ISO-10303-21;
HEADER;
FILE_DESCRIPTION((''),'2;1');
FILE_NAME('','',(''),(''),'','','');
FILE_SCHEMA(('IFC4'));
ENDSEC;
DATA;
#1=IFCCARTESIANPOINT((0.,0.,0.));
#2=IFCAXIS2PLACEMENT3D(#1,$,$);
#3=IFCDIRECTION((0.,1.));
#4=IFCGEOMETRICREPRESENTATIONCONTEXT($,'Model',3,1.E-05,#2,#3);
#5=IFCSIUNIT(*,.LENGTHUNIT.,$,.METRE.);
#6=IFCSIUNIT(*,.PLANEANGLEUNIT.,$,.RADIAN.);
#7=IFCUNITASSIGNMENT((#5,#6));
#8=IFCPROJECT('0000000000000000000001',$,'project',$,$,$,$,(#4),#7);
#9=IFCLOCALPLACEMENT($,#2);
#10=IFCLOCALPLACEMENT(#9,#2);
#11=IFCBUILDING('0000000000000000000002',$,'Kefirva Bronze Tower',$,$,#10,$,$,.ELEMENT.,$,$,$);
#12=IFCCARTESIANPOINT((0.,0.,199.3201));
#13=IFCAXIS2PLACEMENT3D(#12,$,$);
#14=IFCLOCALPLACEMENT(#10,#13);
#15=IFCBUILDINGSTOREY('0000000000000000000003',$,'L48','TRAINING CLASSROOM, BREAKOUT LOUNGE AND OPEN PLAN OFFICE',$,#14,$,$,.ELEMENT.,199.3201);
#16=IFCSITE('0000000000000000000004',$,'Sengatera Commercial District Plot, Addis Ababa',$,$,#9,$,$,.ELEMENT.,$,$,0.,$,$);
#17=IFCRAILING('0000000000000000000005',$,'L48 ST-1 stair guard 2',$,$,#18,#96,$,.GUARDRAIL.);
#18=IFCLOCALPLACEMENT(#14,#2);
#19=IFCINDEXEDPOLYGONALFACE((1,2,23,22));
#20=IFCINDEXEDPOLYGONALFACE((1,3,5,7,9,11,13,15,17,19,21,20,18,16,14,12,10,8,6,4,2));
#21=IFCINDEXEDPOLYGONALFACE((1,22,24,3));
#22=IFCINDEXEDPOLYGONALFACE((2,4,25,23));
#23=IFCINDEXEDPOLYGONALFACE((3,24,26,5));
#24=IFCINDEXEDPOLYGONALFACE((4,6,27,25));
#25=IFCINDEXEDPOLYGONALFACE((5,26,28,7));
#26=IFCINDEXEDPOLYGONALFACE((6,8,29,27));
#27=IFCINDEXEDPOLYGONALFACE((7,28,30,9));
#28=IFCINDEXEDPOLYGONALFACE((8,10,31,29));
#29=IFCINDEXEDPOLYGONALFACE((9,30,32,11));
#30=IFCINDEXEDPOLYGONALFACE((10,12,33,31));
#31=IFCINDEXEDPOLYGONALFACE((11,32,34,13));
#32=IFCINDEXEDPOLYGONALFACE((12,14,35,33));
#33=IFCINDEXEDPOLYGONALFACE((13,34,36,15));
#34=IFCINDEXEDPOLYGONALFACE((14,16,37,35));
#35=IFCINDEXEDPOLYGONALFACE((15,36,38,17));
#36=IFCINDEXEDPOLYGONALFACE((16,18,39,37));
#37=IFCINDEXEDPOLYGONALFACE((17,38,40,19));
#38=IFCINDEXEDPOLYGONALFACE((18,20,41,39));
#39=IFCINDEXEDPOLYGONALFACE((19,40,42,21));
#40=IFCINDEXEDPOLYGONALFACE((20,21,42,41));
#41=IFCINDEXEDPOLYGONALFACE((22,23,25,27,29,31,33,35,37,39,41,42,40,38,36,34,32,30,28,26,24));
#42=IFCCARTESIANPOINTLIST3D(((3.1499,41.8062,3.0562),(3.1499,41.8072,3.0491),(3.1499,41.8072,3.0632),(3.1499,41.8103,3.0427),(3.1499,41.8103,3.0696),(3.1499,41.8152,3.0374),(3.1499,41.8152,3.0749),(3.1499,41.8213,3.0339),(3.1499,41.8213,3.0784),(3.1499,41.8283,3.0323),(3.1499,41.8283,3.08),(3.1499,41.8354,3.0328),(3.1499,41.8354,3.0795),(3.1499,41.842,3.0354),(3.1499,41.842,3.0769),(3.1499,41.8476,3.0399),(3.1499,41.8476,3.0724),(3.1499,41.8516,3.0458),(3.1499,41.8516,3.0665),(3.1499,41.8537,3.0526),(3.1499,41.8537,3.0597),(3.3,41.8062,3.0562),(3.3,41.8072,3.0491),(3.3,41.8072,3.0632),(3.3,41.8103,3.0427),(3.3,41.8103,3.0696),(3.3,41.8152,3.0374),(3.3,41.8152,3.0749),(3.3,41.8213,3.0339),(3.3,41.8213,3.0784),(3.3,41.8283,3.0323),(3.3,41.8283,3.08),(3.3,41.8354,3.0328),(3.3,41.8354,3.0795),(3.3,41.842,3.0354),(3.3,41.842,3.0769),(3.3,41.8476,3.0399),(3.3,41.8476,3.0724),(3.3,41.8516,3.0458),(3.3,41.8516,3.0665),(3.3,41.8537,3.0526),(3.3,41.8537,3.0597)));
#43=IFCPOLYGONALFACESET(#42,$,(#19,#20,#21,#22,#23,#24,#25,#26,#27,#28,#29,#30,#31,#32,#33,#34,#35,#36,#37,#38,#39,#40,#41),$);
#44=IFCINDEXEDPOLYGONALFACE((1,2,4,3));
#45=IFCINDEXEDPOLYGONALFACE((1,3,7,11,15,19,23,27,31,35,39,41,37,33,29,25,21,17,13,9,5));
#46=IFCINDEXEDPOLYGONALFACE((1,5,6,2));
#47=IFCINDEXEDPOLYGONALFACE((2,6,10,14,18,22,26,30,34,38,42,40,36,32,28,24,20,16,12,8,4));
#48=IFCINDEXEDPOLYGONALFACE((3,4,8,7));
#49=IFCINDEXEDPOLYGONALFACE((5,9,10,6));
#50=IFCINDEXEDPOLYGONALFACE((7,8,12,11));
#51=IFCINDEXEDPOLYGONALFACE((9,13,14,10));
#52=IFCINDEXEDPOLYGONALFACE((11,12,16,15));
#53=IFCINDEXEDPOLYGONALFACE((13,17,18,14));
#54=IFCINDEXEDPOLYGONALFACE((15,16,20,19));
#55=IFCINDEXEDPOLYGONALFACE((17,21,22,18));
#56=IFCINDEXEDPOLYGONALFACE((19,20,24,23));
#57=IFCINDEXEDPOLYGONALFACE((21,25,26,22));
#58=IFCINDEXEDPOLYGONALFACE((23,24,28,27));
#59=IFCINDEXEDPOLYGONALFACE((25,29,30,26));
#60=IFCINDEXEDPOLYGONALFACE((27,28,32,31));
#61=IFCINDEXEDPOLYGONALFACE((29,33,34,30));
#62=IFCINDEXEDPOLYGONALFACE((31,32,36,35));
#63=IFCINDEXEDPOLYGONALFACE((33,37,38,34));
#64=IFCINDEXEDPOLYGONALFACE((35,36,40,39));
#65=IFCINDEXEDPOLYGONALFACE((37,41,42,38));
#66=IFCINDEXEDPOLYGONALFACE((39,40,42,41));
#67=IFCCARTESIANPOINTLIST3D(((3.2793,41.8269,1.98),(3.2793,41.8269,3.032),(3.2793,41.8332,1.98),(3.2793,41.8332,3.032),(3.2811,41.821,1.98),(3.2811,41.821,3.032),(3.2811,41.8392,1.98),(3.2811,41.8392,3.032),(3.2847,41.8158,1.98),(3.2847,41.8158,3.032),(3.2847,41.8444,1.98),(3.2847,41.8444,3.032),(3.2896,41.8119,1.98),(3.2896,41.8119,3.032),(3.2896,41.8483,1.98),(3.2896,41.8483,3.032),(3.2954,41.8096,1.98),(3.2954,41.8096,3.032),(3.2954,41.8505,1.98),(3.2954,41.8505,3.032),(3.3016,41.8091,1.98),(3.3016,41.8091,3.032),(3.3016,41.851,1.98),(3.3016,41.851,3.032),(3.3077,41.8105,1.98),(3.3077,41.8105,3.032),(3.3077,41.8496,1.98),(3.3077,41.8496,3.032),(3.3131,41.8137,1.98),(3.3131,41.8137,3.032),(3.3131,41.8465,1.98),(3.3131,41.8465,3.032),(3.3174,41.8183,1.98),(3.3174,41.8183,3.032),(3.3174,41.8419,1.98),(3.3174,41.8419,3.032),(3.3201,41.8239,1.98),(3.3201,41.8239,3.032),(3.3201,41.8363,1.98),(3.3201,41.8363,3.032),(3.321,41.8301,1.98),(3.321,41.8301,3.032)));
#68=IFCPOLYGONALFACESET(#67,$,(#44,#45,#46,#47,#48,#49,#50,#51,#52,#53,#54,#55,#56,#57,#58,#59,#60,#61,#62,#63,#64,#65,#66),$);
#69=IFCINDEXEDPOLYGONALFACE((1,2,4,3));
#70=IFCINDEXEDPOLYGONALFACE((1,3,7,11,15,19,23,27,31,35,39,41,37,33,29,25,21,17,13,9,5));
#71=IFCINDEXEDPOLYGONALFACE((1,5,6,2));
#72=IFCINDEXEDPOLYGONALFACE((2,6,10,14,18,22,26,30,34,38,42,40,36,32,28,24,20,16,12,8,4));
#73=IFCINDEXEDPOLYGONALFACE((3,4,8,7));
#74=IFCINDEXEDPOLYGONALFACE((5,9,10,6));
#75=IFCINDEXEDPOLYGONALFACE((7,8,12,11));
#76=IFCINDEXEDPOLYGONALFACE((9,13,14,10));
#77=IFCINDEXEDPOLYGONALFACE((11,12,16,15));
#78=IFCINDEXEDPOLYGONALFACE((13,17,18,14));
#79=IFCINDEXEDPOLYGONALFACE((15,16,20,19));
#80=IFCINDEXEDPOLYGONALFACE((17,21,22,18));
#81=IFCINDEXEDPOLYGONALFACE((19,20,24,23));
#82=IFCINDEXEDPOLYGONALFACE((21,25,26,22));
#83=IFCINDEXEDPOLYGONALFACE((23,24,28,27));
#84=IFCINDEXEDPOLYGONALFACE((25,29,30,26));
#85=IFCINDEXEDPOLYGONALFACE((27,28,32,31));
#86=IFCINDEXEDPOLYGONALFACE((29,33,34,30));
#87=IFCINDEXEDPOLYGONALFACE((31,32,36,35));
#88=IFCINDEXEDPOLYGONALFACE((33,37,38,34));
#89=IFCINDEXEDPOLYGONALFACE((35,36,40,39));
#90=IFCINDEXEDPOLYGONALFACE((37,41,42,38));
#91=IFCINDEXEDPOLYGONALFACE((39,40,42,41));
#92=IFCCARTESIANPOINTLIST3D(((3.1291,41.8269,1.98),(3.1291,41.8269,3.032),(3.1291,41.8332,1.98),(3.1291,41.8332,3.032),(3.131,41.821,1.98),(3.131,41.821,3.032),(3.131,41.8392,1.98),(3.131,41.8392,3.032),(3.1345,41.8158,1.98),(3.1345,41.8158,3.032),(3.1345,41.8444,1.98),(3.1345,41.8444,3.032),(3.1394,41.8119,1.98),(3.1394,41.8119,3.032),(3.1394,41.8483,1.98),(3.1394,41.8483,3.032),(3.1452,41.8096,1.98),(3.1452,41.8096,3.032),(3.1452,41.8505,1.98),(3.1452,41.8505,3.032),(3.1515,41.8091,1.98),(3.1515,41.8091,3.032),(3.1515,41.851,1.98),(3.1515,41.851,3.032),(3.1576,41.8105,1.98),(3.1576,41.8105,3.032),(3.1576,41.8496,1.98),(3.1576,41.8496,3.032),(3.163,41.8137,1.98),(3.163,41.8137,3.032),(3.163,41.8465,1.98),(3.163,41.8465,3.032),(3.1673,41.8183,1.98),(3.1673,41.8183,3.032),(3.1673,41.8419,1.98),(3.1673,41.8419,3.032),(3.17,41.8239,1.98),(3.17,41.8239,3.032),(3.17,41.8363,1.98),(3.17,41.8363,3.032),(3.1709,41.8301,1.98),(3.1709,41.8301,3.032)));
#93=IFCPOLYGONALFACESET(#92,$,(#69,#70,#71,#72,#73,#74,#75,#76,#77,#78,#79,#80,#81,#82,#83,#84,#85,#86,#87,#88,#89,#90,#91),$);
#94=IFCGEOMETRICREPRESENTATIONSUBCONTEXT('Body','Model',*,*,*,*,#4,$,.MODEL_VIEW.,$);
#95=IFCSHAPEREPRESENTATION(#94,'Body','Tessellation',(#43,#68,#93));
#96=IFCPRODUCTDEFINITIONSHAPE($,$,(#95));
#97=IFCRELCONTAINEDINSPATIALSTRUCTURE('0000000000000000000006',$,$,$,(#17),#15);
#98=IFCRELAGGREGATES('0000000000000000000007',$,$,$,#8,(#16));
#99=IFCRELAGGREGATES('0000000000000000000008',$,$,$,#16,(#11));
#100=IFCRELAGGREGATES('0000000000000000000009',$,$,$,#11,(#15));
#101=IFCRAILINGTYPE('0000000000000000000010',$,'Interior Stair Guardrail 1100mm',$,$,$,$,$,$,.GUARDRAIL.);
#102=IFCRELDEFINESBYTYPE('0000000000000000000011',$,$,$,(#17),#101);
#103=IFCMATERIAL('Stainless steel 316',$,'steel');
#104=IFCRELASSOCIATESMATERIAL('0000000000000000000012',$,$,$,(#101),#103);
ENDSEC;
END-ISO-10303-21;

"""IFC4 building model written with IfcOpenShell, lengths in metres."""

from ifc_helpers import new_model, si_unit, direction, frame, origin, origin_2d, place, context, subcontext, project, spatial, circle, extrude, material, type_object, element, save


model = new_model("IFC4")

# Units and contexts
model_context = context("Model", 3, precision=1e-05, world=origin(), true_north=direction((0.0, 1.0)))
body_context = subcontext(model_context, "Body", "Model", "MODEL_VIEW")
ifc_project = project(units=[si_unit("LENGTHUNIT", "METRE"), si_unit("PLANEANGLEUNIT", "RADIAN")], contexts=[model_context])

# Site, building, storey
site_placement = place(None, origin())
site = spatial("IfcSite", under=ifc_project, at=site_placement, Name="Sengatera Commercial District Plot, Addis Ababa", CompositionType="ELEMENT", RefElevation=0.0)
building_placement = place(site_placement, origin())
building = spatial("IfcBuilding", under=site, at=building_placement, Name="Kefirva Bronze Tower", CompositionType="ELEMENT")
storey_placement = place(building_placement, frame((0.0, 0.0, 199.3201)))
storey = spatial("IfcBuildingStorey", under=building, at=storey_placement, Name="L48", Description="TRAINING CLASSROOM, BREAKOUT LOUNGE AND OPEN PLAN OFFICE", CompositionType="ELEMENT", Elevation=199.3201)

# Railing
ifc_material_1 = material(Name="Stainless steel 316", Category="steel")
railing_type_1 = type_object("IfcRailingType", Name="Interior Stair Guardrail 1100mm", PredefinedType="GUARDRAIL", material=ifc_material_1)
railing_1_placement = place(storey_placement, frame((3.3, 41.8301, 1.98)))
element("IfcRailing", 1, at=railing_1_placement, inside=storey, type_object=railing_type_1, Name="L48 ST-1 stair guard 2", PredefinedType="GUARDRAIL", context=body_context, shape_type="SweptSolid", body=[
    extrude(circle(Radius=0.0239, at=origin_2d()), frame((0.0, 0.0, 1.0762), z_axis=(-1.0, 0.0, 0.0), x_axis=(0.0, -1.0, 0.0)), (0.0, 0.0, 1.0), 0.1501),
    extrude(circle(Radius=0.021, at=origin_2d()), origin(), (0.0, 0.0, 1.0), 1.052),
    extrude(circle(Radius=0.021, at=origin_2d()), frame((-0.1501, 0.0, 0.0)), (0.0, 0.0, 1.0), 1.052),
])

save(model, "model.ifc")
